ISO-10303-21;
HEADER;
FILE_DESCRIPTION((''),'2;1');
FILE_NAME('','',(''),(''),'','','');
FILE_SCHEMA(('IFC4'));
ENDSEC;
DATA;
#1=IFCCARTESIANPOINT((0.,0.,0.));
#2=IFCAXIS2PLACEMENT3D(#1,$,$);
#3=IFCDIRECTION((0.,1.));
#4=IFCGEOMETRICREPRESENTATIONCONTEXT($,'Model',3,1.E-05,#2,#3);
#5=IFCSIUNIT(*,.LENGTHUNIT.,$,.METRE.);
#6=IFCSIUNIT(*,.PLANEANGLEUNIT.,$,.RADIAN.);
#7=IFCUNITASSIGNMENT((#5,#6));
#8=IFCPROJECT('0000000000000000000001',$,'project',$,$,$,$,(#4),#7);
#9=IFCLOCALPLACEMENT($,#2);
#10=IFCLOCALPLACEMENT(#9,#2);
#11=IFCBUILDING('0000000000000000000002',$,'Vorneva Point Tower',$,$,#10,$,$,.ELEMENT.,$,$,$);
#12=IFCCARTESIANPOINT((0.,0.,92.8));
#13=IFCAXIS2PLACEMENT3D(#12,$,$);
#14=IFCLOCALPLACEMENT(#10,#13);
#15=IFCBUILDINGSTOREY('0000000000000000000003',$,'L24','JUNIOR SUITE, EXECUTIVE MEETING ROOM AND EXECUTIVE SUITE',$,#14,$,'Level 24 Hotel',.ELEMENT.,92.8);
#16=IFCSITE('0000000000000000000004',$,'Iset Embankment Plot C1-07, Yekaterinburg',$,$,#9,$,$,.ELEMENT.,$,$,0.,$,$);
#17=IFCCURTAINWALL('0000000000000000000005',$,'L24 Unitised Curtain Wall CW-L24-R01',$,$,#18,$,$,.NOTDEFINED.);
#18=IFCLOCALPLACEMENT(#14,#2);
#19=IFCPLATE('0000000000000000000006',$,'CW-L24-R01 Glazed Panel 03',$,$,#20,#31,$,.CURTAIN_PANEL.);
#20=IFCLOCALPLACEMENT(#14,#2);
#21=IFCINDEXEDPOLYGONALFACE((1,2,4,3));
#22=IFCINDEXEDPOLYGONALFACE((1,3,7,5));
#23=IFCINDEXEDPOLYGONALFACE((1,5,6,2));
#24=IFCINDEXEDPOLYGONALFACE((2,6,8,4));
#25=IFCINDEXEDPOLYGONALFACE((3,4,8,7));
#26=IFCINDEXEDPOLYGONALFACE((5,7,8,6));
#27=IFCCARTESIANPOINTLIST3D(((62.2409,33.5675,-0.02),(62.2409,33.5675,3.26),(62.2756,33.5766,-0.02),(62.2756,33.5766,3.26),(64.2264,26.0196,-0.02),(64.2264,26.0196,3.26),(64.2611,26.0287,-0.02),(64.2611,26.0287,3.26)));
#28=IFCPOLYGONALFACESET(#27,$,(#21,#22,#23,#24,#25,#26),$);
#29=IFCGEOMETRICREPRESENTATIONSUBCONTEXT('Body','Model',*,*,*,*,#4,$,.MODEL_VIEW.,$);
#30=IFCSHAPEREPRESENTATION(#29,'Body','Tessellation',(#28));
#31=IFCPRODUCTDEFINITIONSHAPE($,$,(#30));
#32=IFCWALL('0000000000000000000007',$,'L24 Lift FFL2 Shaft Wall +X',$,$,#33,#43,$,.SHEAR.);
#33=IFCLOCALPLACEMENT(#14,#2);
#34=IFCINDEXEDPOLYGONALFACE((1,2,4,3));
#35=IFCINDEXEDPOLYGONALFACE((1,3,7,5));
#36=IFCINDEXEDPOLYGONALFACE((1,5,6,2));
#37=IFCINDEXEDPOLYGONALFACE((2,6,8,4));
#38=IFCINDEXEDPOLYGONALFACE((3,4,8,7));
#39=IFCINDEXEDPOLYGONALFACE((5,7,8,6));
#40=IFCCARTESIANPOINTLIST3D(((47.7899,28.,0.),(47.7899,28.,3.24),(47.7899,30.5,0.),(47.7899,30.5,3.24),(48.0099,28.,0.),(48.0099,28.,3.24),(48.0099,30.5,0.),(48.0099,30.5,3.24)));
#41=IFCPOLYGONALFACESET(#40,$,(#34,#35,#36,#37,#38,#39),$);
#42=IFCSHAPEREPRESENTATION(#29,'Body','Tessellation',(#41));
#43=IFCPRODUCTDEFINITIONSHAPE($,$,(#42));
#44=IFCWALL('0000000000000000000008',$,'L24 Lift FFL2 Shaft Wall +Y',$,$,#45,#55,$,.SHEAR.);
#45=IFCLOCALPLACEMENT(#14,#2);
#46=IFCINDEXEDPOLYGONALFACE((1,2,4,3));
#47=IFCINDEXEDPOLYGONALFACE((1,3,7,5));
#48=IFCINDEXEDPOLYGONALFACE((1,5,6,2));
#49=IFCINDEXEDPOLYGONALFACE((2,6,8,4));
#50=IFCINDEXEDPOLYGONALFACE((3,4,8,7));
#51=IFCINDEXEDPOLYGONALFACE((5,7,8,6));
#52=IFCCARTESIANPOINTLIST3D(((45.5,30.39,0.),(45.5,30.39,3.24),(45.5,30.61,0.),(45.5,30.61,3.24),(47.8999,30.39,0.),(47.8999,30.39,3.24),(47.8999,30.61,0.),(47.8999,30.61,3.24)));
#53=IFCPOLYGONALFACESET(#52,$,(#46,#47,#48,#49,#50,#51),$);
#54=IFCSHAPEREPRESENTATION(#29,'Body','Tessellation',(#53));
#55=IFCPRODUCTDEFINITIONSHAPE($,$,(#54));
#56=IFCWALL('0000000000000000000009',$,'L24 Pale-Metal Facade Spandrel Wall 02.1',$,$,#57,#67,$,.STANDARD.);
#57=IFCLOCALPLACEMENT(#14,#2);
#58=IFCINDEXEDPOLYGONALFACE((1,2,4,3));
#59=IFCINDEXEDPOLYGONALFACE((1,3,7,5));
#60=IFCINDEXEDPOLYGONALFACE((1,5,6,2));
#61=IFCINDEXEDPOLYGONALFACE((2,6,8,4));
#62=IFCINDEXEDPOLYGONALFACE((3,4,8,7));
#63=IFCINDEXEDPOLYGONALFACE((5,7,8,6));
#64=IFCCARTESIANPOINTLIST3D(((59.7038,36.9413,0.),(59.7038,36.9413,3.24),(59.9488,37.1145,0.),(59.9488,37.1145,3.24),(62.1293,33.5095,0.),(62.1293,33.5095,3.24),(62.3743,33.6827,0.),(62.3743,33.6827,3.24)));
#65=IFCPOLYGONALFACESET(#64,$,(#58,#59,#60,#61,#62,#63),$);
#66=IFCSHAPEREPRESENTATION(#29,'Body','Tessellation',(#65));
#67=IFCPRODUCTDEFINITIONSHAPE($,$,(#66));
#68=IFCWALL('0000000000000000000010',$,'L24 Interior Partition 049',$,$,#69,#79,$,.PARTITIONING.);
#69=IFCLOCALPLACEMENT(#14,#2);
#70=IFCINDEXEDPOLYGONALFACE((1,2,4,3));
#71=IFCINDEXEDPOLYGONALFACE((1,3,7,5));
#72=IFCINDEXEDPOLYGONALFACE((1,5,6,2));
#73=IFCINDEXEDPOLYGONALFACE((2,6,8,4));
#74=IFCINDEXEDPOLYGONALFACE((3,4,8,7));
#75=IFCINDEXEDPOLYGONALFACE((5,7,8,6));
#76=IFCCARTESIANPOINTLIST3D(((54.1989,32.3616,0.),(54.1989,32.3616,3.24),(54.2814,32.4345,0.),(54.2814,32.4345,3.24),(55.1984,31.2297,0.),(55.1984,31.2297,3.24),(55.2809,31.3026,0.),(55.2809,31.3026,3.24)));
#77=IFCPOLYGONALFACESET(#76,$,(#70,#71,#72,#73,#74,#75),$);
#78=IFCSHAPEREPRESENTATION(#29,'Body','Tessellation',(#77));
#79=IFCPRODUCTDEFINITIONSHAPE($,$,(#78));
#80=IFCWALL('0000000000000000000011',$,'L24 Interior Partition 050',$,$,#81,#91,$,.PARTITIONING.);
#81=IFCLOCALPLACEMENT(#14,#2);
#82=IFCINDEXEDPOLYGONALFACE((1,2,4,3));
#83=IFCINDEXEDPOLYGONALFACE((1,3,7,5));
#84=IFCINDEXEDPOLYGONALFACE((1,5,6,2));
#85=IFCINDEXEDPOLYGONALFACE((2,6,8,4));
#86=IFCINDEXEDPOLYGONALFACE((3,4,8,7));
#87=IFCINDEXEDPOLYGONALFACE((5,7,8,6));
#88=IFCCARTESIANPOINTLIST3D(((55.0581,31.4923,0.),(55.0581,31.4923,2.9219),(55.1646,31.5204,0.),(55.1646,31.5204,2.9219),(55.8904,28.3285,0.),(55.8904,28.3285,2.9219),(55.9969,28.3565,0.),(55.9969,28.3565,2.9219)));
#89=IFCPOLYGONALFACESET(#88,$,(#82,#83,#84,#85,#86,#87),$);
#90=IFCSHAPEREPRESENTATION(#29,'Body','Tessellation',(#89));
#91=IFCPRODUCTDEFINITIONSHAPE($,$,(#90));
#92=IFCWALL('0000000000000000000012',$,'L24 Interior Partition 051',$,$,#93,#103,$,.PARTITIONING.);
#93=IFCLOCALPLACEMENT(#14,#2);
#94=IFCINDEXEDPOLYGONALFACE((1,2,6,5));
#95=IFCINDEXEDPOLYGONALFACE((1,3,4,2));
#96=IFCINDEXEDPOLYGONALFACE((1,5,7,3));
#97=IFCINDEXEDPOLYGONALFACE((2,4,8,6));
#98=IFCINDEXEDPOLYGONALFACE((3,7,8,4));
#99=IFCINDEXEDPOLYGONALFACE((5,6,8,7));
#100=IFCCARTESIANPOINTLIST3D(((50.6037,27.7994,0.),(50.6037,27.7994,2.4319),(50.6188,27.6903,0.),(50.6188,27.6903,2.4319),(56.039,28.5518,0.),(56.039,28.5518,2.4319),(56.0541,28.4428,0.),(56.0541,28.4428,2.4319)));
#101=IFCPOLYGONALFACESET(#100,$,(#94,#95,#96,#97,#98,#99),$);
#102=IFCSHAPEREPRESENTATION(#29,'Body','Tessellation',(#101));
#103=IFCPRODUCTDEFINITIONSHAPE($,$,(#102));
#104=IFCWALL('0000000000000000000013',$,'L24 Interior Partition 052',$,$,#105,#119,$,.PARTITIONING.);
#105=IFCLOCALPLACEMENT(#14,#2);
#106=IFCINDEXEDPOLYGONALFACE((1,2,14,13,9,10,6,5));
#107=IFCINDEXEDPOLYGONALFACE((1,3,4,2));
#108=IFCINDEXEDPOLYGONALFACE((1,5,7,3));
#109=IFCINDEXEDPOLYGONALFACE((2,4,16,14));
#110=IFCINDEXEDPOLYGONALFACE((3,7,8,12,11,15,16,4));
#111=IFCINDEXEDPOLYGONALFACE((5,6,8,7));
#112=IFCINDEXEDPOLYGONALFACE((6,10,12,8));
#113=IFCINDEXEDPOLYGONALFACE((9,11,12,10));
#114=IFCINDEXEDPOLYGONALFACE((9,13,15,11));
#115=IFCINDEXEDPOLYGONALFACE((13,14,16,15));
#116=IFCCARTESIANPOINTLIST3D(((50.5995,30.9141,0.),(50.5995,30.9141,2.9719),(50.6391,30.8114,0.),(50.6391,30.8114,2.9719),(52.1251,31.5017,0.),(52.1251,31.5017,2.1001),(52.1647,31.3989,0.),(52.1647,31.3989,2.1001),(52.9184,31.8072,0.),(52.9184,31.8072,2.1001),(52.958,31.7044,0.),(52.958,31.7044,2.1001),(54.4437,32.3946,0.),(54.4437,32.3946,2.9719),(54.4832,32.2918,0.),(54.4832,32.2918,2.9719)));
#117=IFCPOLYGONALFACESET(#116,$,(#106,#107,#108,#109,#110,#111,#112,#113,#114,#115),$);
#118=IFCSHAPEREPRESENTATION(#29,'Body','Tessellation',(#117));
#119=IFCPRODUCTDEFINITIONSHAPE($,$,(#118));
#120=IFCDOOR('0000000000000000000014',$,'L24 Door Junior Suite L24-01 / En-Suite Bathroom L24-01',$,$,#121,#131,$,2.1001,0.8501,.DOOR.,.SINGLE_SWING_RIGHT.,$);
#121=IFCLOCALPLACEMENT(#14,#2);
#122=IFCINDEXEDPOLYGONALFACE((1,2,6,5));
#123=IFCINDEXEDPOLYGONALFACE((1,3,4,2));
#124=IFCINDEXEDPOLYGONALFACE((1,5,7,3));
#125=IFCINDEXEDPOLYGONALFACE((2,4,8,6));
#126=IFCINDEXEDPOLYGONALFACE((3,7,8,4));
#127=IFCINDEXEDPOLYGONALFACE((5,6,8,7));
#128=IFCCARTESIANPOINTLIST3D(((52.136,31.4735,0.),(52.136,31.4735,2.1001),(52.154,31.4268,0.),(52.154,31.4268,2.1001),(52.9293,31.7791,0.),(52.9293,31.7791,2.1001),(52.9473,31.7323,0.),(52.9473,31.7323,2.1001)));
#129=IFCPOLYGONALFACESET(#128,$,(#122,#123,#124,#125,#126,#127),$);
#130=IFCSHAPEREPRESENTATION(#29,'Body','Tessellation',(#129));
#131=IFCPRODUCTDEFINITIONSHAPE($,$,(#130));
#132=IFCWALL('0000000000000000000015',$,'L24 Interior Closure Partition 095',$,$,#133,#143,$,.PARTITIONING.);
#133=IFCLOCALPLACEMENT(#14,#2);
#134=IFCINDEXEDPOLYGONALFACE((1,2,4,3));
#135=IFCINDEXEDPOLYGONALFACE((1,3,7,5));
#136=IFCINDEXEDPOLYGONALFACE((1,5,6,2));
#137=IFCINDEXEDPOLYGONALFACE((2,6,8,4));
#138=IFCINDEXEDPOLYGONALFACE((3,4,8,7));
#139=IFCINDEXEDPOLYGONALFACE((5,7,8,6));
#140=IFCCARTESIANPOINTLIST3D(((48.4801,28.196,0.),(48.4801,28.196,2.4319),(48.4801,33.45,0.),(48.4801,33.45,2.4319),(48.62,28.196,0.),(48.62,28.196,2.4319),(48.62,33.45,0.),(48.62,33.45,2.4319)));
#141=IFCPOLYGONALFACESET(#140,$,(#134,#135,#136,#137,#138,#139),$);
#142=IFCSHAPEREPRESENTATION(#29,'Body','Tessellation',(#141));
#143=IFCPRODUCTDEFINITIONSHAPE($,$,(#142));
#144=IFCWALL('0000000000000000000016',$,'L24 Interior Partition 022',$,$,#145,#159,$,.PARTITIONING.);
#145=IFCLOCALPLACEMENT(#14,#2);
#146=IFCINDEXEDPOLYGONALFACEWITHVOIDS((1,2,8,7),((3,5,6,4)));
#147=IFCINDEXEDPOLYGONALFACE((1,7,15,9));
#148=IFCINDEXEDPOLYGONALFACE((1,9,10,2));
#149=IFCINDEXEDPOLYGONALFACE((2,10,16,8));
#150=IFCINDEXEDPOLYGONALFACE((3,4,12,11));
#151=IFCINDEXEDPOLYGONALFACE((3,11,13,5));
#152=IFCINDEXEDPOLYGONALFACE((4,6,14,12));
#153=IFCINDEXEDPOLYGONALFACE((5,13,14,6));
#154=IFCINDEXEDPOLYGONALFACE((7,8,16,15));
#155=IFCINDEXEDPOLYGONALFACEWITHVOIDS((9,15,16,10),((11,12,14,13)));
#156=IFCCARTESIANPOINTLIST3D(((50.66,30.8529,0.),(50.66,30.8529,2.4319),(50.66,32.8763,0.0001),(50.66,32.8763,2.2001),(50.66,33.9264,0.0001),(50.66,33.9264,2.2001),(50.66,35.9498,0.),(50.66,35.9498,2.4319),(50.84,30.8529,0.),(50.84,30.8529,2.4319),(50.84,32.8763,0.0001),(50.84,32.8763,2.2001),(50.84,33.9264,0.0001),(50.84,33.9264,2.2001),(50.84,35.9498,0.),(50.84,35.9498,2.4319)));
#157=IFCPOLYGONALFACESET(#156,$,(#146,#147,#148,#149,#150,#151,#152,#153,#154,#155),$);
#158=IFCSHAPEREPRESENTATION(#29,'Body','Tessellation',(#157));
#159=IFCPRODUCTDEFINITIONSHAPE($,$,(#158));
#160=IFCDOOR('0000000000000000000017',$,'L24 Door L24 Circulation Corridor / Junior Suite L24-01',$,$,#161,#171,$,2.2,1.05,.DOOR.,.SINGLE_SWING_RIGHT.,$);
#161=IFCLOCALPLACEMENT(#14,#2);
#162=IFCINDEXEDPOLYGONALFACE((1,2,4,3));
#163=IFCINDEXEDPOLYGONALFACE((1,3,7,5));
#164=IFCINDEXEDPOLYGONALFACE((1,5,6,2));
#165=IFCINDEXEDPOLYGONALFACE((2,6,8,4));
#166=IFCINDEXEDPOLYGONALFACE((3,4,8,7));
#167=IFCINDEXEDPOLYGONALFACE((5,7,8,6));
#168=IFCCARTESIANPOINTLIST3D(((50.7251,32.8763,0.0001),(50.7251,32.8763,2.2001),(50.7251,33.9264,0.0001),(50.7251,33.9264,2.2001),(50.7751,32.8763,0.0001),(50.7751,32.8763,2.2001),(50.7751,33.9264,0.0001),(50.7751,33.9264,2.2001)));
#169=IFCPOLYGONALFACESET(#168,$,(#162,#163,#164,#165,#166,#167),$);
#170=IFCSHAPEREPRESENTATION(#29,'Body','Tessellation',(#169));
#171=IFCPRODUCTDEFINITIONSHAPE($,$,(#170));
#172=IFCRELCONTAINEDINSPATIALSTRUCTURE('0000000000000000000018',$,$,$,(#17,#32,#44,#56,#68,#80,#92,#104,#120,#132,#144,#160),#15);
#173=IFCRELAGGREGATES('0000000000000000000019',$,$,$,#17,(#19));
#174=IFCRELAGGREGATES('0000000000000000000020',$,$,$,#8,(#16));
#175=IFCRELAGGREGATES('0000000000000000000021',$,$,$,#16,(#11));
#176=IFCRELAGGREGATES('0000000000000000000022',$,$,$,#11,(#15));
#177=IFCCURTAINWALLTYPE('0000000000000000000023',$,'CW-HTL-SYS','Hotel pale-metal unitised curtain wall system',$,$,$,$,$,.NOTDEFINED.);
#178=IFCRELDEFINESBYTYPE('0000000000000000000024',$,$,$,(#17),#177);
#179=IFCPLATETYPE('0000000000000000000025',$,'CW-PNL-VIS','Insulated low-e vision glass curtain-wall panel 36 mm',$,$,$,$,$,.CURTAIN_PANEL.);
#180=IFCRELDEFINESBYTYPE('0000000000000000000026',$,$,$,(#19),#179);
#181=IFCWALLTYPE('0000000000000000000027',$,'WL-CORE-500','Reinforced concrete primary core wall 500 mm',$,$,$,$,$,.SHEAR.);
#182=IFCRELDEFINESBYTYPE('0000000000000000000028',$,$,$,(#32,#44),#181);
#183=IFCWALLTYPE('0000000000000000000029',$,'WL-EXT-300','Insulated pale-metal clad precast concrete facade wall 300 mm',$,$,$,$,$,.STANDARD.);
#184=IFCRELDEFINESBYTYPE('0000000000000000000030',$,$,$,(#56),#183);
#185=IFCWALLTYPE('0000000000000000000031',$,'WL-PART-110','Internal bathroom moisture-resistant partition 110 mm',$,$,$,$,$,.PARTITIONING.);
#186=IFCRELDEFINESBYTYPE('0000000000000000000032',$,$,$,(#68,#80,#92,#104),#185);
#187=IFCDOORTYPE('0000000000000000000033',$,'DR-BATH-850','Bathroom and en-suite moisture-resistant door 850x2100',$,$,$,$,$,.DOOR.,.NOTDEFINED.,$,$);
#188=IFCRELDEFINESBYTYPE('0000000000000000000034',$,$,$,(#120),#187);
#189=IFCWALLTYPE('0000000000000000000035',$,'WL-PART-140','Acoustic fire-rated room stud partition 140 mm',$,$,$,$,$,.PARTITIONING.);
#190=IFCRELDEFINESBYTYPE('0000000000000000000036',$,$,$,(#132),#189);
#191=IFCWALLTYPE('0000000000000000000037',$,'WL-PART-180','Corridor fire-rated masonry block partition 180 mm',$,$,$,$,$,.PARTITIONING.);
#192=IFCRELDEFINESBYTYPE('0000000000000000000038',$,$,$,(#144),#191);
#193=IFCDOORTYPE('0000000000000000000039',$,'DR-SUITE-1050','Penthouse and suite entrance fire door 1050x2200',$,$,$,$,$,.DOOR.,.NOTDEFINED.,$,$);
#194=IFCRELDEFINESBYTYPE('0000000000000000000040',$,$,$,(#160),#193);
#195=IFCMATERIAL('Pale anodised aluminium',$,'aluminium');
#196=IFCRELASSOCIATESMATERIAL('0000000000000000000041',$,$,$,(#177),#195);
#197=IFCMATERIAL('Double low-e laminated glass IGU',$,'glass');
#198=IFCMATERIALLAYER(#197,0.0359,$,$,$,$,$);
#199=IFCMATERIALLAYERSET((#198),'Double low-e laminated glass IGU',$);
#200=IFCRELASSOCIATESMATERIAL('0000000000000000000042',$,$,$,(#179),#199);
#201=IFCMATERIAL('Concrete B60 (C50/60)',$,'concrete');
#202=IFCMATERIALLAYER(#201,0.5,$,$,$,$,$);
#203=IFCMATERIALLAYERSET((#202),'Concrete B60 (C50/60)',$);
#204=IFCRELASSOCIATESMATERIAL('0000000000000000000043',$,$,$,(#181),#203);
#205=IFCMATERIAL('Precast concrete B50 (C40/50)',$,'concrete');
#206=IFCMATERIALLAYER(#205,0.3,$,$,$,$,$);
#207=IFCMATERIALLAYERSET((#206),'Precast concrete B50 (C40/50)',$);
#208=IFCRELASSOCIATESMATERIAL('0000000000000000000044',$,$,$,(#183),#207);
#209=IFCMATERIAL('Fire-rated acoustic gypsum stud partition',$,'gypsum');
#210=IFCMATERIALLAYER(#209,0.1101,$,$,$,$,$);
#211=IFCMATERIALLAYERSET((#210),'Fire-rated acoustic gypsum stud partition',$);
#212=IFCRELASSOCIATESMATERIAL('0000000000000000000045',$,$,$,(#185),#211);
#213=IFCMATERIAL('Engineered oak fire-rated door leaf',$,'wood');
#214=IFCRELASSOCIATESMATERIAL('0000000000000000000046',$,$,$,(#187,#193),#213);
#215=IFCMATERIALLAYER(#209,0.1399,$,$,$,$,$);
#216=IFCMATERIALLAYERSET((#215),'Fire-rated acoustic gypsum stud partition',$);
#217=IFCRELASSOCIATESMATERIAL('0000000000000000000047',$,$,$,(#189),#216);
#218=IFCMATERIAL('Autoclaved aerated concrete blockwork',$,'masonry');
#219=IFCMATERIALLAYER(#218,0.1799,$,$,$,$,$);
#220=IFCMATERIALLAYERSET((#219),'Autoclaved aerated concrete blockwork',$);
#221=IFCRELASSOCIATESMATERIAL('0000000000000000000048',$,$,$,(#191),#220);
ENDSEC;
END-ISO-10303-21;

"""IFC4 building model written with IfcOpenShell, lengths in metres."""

from ifc_helpers import new_model, si_unit, direction, frame, frame_2d, origin, origin_2d, place, context, subcontext, project, spatial, rectangle, extrude, material, layer, layer_set, type_object, element, fill, aggregate, save


model = new_model("IFC4")

# Units and contexts
model_context = context("Model", 3, precision=1e-05, world=origin(), true_north=direction((0.0, 1.0)))
body_context = subcontext(model_context, "Body", "Model", "MODEL_VIEW")
ifc_project = project(units=[si_unit("LENGTHUNIT", "METRE"), si_unit("PLANEANGLEUNIT", "RADIAN")], contexts=[model_context])

# Site, building, storey
site_placement = place(None, origin())
site = spatial("IfcSite", under=ifc_project, at=site_placement, Name="Iset Embankment Plot C1-07, Yekaterinburg", CompositionType="ELEMENT", RefElevation=0.0)
building_placement = place(site_placement, origin())
building = spatial("IfcBuilding", under=site, at=building_placement, Name="Vorneva Point Tower", CompositionType="ELEMENT")
storey_placement = place(building_placement, frame((0.0, 0.0, 92.8)))
storey = spatial("IfcBuildingStorey", under=building, at=storey_placement, Name="L24", Description="JUNIOR SUITE, EXECUTIVE MEETING ROOM AND EXECUTIVE SUITE", LongName="Level 24 Hotel", CompositionType="ELEMENT", Elevation=92.8)

# Shared definitions
ifc_material_1 = material(Name="Concrete B60 (C50/60)", Category="concrete")

# Curtain wall, plate
ifc_material_2 = material(Name="Pale anodised aluminium", Category="aluminium")
curtain_wall_type = type_object("IfcCurtainWallType", Name="CW-HTL-SYS", Description="Hotel pale-metal unitised curtain wall system", PredefinedType="NOTDEFINED", material=ifc_material_2)
curtain_wall_placement = place(storey_placement, origin())
curtain_wall = element("IfcCurtainWall", 1, at=curtain_wall_placement, inside=storey, type_object=curtain_wall_type, Name="L24 Unitised Curtain Wall CW-L24-R01", PredefinedType="NOTDEFINED")
ifc_material_3 = material(Name="Double low-e laminated glass IGU", Category="glass")
ifc_layer_1 = layer(ifc_material_3, 0.0359)
ifc_layer_set_1 = layer_set([ifc_layer_1], Name="Double low-e laminated glass IGU")
plate_type = type_object("IfcPlateType", Name="CW-PNL-VIS", Description="Insulated low-e vision glass curtain-wall panel 36 mm", PredefinedType="CURTAIN_PANEL", material=ifc_layer_set_1)
plate_placement = place(storey_placement, frame((63.251, 29.7981, -0.02), z_axis=(0.0, 0.0, 1.0), x_axis=(-0.254399, 0.967099, 0.0)))
plate = element("IfcPlate", 2, at=plate_placement, type_object=plate_type, Name="CW-L24-R01 Glazed Panel 03", PredefinedType="CURTAIN_PANEL", context=body_context, shape_type="SweptSolid", body=[
    extrude(rectangle(XDim=7.8047, YDim=0.0359, at=origin_2d()), origin(), (0.0, 0.0, 1.0), 3.28),
])
aggregate(curtain_wall, [plate])

# Walls
ifc_layer_2 = layer(ifc_material_1, 0.5)
ifc_layer_set_2 = layer_set([ifc_layer_2], Name="Concrete B60 (C50/60)")
wall_type_1 = type_object("IfcWallType", Name="WL-CORE-500", Description="Reinforced concrete primary core wall 500 mm", PredefinedType="SHEAR", material=ifc_layer_set_2)
wall_1_placement = place(storey_placement, frame((47.8999, 28.0, 0.0), z_axis=(0.0, 0.0, 1.0), x_axis=(0.0, 1.0, 0.0)))
element("IfcWall", 3, at=wall_1_placement, inside=storey, type_object=wall_type_1, Name="L24 Lift FFL2 Shaft Wall +X", PredefinedType="SHEAR", context=body_context, shape_type="SweptSolid", body=[
    extrude(rectangle(XDim=2.5, YDim=0.22, at=frame_2d((1.25, 0.0))), origin(), (0.0, 0.0, 1.0), 3.24),
])
wall_2_placement = place(storey_placement, frame((47.8999, 30.5, 0.0), z_axis=(0.0, 0.0, 1.0), x_axis=(-1.0, 0.0, 0.0)))
element("IfcWall", 4, at=wall_2_placement, inside=storey, type_object=wall_type_1, Name="L24 Lift FFL2 Shaft Wall +Y", PredefinedType="SHEAR", context=body_context, shape_type="SweptSolid", body=[
    extrude(rectangle(XDim=2.3999, YDim=0.22, at=frame_2d((1.2, 0.0))), origin(), (0.0, 0.0, 1.0), 3.24),
])
ifc_material_4 = material(Name="Precast concrete B50 (C40/50)", Category="concrete")
ifc_layer_3 = layer(ifc_material_4, 0.3)
ifc_layer_set_3 = layer_set([ifc_layer_3], Name="Precast concrete B50 (C40/50)")
wall_type_2 = type_object("IfcWallType", Name="WL-EXT-300", Description="Insulated pale-metal clad precast concrete facade wall 300 mm", PredefinedType="STANDARD", material=ifc_layer_set_3)
wall_3_placement = place(storey_placement, frame((62.2517, 33.5962, 0.0), z_axis=(0.0, 0.0, 1.0), x_axis=(-0.577164, 0.816628, 0.0)))
element("IfcWall", 5, at=wall_3_placement, inside=storey, type_object=wall_type_2, Name="L24 Pale-Metal Facade Spandrel Wall 02.1", PredefinedType="STANDARD", context=body_context, shape_type="SweptSolid", body=[
    extrude(rectangle(XDim=4.2024, YDim=0.3, at=frame_2d((2.1011, 0.0))), origin(), (0.0, 0.0, 1.0), 3.24),
])
ifc_material_5 = material(Name="Fire-rated acoustic gypsum stud partition", Category="gypsum")
ifc_layer_4 = layer(ifc_material_5, 0.1101)
ifc_layer_set_4 = layer_set([ifc_layer_4], Name="Fire-rated acoustic gypsum stud partition")
wall_type_3 = type_object("IfcWallType", Name="WL-PART-110", Description="Internal bathroom moisture-resistant partition 110 mm", PredefinedType="PARTITIONING", material=ifc_layer_set_4)
wall_4_placement = place(storey_placement, frame((54.2402, 32.3979, 0.0), z_axis=(0.0, 0.0, 1.0), x_axis=(0.661932, -0.749564, 0.0)))
element("IfcWall", 6, at=wall_4_placement, inside=storey, type_object=wall_type_3, Name="L24 Interior Partition 049", PredefinedType="PARTITIONING", context=body_context, shape_type="SweptSolid", body=[
    extrude(rectangle(XDim=1.51, YDim=0.1101, at=frame_2d((0.7549, 0.0))), origin(), (0.0, 0.0, 1.0), 3.24),
])
wall_5_placement = place(storey_placement, frame((55.1113, 31.5063, 0.0), z_axis=(0.0, 0.0, 1.0), x_axis=(0.254405, -0.967098, 0.0)))
element("IfcWall", 7, at=wall_5_placement, inside=storey, type_object=wall_type_3, Name="L24 Interior Partition 050", PredefinedType="PARTITIONING", context=body_context, shape_type="SweptSolid", body=[
    extrude(rectangle(XDim=3.2715, YDim=0.1101, at=frame_2d((1.6357, 0.0))), origin(), (0.0, 0.0, 1.0), 2.9219),
])
wall_6_placement = place(storey_placement, frame((56.0466, 28.4973, 0.0), z_axis=(0.0, 0.0, 1.0), x_axis=(-0.990553, -0.137128, 0.0)))
element("IfcWall", 8, at=wall_6_placement, inside=storey, type_object=wall_type_3, Name="L24 Interior Partition 051", PredefinedType="PARTITIONING", context=body_context, shape_type="SweptSolid", body=[
    extrude(rectangle(XDim=5.4871, YDim=0.1101, at=frame_2d((2.7437, 0.0))), origin(), (0.0, 0.0, 1.0), 2.4319),
])

# Wall, opening, door
wall_7_placement = place(storey_placement, frame((50.6194, 30.8628, 0.0), z_axis=(0.0, 0.0, 1.0), x_axis=(0.93319, 0.359384, 0.0)))
wall_7 = element("IfcWall", 9, at=wall_7_placement, inside=storey, type_object=wall_type_3, Name="L24 Interior Partition 052", PredefinedType="PARTITIONING", context=body_context, shape_type="SweptSolid", body=[
    extrude(rectangle(XDim=4.1194, YDim=0.1101, at=frame_2d((2.0596, 0.0))), origin(), (0.0, 0.0, 1.0), 2.9719),
])
opening_1_placement = place(wall_7_placement, frame((1.6348, 0.0, 0.0)))
opening_1 = element("IfcOpeningElement", 10, at=opening_1_placement, cuts=wall_7, PredefinedType="OPENING", context=body_context, shape_type="SweptSolid", body=[
    extrude(rectangle(XDim=0.8501, YDim=2.1001, at=frame_2d((0.425, 1.05))), frame((0.0, 0.0698, 0.0), z_axis=(0.0, -1.0, 0.0), x_axis=(1.0, 0.0, 0.0)), (0.0, 0.0, 1.0), 0.1399),
])
ifc_material_6 = material(Name="Engineered oak fire-rated door leaf", Category="wood")
door_type_1 = type_object("IfcDoorType", Name="DR-BATH-850", Description="Bathroom and en-suite moisture-resistant door 850x2100", OperationType="NOTDEFINED", PredefinedType="DOOR", material=ifc_material_6)
door_1_placement = place(opening_1_placement, origin())
door_1 = element("IfcDoor", 11, at=door_1_placement, inside=storey, type_object=door_type_1, Name="L24 Door Junior Suite L24-01 / En-Suite Bathroom L24-01", OperationType="SINGLE_SWING_RIGHT", OverallHeight=2.1001, OverallWidth=0.8501, PredefinedType="DOOR", context=body_context, shape_type="SweptSolid", body=[
    extrude(rectangle(XDim=0.8501, YDim=2.1001, at=frame_2d((0.425, 1.05))), frame((0.0, 0.0249, 0.0), z_axis=(0.0, -1.0, 0.0), x_axis=(1.0, 0.0, 0.0)), (0.0, 0.0, 1.0), 0.05),
])
fill(opening_1, door_1)

# Wall
ifc_layer_5 = layer(ifc_material_5, 0.1399)
ifc_layer_set_5 = layer_set([ifc_layer_5], Name="Fire-rated acoustic gypsum stud partition")
wall_type_4 = type_object("IfcWallType", Name="WL-PART-140", Description="Acoustic fire-rated room stud partition 140 mm", PredefinedType="PARTITIONING", material=ifc_layer_set_5)
wall_8_placement = place(storey_placement, frame((48.55, 33.45, 0.0), z_axis=(0.0, 0.0, 1.0), x_axis=(0.0, -1.0, 0.0)))
element("IfcWall", 12, at=wall_8_placement, inside=storey, type_object=wall_type_4, Name="L24 Interior Closure Partition 095", PredefinedType="PARTITIONING", context=body_context, shape_type="SweptSolid", body=[
    extrude(rectangle(XDim=5.2539, YDim=0.1399, at=frame_2d((2.627, 0.0))), origin(), (0.0, 0.0, 1.0), 2.4319),
])

# Wall, opening, door
ifc_material_7 = material(Name="Autoclaved aerated concrete blockwork", Category="masonry")
ifc_layer_6 = layer(ifc_material_7, 0.1799)
ifc_layer_set_6 = layer_set([ifc_layer_6], Name="Autoclaved aerated concrete blockwork")
wall_type_5 = type_object("IfcWallType", Name="WL-PART-180", Description="Corridor fire-rated masonry block partition 180 mm", PredefinedType="PARTITIONING", material=ifc_layer_set_6)
wall_9_placement = place(storey_placement, frame((50.75, 30.853, 0.0), z_axis=(0.0, 0.0, 1.0), x_axis=(0.0, 1.0, 0.0)))
wall_9 = element("IfcWall", 13, at=wall_9_placement, inside=storey, type_object=wall_type_5, Name="L24 Interior Partition 022", PredefinedType="PARTITIONING", context=body_context, shape_type="SweptSolid", body=[
    extrude(rectangle(XDim=5.0969, YDim=0.1799, at=frame_2d((2.5483, 0.0))), origin(), (0.0, 0.0, 1.0), 2.4319),
])
opening_2_placement = place(wall_9_placement, frame((2.0234, 0.0, 0.0)))
opening_2 = element("IfcOpeningElement", 14, at=opening_2_placement, cuts=wall_9, PredefinedType="OPENING", context=body_context, shape_type="SweptSolid", body=[
    extrude(rectangle(XDim=1.05, YDim=2.2, at=frame_2d((0.5249, 1.1001))), frame((0.0, 0.105, 0.0), z_axis=(0.0, -1.0, 0.0), x_axis=(1.0, 0.0, 0.0)), (0.0, 0.0, 1.0), 0.2097),
])
door_type_2 = type_object("IfcDoorType", Name="DR-SUITE-1050", Description="Penthouse and suite entrance fire door 1050x2200", OperationType="NOTDEFINED", PredefinedType="DOOR", material=ifc_material_6)
door_2_placement = place(opening_2_placement, origin())
door_2 = element("IfcDoor", 15, at=door_2_placement, inside=storey, type_object=door_type_2, Name="L24 Door L24 Circulation Corridor / Junior Suite L24-01", OperationType="SINGLE_SWING_RIGHT", OverallHeight=2.2, OverallWidth=1.05, PredefinedType="DOOR", context=body_context, shape_type="SweptSolid", body=[
    extrude(rectangle(XDim=1.05, YDim=2.2, at=frame_2d((0.5249, 1.1001))), frame((0.0, 0.0249, 0.0), z_axis=(0.0, -1.0, 0.0), x_axis=(1.0, 0.0, 0.0)), (0.0, 0.0, 1.0), 0.05),
])
fill(opening_2, door_2)

save(model, "model.ifc")
